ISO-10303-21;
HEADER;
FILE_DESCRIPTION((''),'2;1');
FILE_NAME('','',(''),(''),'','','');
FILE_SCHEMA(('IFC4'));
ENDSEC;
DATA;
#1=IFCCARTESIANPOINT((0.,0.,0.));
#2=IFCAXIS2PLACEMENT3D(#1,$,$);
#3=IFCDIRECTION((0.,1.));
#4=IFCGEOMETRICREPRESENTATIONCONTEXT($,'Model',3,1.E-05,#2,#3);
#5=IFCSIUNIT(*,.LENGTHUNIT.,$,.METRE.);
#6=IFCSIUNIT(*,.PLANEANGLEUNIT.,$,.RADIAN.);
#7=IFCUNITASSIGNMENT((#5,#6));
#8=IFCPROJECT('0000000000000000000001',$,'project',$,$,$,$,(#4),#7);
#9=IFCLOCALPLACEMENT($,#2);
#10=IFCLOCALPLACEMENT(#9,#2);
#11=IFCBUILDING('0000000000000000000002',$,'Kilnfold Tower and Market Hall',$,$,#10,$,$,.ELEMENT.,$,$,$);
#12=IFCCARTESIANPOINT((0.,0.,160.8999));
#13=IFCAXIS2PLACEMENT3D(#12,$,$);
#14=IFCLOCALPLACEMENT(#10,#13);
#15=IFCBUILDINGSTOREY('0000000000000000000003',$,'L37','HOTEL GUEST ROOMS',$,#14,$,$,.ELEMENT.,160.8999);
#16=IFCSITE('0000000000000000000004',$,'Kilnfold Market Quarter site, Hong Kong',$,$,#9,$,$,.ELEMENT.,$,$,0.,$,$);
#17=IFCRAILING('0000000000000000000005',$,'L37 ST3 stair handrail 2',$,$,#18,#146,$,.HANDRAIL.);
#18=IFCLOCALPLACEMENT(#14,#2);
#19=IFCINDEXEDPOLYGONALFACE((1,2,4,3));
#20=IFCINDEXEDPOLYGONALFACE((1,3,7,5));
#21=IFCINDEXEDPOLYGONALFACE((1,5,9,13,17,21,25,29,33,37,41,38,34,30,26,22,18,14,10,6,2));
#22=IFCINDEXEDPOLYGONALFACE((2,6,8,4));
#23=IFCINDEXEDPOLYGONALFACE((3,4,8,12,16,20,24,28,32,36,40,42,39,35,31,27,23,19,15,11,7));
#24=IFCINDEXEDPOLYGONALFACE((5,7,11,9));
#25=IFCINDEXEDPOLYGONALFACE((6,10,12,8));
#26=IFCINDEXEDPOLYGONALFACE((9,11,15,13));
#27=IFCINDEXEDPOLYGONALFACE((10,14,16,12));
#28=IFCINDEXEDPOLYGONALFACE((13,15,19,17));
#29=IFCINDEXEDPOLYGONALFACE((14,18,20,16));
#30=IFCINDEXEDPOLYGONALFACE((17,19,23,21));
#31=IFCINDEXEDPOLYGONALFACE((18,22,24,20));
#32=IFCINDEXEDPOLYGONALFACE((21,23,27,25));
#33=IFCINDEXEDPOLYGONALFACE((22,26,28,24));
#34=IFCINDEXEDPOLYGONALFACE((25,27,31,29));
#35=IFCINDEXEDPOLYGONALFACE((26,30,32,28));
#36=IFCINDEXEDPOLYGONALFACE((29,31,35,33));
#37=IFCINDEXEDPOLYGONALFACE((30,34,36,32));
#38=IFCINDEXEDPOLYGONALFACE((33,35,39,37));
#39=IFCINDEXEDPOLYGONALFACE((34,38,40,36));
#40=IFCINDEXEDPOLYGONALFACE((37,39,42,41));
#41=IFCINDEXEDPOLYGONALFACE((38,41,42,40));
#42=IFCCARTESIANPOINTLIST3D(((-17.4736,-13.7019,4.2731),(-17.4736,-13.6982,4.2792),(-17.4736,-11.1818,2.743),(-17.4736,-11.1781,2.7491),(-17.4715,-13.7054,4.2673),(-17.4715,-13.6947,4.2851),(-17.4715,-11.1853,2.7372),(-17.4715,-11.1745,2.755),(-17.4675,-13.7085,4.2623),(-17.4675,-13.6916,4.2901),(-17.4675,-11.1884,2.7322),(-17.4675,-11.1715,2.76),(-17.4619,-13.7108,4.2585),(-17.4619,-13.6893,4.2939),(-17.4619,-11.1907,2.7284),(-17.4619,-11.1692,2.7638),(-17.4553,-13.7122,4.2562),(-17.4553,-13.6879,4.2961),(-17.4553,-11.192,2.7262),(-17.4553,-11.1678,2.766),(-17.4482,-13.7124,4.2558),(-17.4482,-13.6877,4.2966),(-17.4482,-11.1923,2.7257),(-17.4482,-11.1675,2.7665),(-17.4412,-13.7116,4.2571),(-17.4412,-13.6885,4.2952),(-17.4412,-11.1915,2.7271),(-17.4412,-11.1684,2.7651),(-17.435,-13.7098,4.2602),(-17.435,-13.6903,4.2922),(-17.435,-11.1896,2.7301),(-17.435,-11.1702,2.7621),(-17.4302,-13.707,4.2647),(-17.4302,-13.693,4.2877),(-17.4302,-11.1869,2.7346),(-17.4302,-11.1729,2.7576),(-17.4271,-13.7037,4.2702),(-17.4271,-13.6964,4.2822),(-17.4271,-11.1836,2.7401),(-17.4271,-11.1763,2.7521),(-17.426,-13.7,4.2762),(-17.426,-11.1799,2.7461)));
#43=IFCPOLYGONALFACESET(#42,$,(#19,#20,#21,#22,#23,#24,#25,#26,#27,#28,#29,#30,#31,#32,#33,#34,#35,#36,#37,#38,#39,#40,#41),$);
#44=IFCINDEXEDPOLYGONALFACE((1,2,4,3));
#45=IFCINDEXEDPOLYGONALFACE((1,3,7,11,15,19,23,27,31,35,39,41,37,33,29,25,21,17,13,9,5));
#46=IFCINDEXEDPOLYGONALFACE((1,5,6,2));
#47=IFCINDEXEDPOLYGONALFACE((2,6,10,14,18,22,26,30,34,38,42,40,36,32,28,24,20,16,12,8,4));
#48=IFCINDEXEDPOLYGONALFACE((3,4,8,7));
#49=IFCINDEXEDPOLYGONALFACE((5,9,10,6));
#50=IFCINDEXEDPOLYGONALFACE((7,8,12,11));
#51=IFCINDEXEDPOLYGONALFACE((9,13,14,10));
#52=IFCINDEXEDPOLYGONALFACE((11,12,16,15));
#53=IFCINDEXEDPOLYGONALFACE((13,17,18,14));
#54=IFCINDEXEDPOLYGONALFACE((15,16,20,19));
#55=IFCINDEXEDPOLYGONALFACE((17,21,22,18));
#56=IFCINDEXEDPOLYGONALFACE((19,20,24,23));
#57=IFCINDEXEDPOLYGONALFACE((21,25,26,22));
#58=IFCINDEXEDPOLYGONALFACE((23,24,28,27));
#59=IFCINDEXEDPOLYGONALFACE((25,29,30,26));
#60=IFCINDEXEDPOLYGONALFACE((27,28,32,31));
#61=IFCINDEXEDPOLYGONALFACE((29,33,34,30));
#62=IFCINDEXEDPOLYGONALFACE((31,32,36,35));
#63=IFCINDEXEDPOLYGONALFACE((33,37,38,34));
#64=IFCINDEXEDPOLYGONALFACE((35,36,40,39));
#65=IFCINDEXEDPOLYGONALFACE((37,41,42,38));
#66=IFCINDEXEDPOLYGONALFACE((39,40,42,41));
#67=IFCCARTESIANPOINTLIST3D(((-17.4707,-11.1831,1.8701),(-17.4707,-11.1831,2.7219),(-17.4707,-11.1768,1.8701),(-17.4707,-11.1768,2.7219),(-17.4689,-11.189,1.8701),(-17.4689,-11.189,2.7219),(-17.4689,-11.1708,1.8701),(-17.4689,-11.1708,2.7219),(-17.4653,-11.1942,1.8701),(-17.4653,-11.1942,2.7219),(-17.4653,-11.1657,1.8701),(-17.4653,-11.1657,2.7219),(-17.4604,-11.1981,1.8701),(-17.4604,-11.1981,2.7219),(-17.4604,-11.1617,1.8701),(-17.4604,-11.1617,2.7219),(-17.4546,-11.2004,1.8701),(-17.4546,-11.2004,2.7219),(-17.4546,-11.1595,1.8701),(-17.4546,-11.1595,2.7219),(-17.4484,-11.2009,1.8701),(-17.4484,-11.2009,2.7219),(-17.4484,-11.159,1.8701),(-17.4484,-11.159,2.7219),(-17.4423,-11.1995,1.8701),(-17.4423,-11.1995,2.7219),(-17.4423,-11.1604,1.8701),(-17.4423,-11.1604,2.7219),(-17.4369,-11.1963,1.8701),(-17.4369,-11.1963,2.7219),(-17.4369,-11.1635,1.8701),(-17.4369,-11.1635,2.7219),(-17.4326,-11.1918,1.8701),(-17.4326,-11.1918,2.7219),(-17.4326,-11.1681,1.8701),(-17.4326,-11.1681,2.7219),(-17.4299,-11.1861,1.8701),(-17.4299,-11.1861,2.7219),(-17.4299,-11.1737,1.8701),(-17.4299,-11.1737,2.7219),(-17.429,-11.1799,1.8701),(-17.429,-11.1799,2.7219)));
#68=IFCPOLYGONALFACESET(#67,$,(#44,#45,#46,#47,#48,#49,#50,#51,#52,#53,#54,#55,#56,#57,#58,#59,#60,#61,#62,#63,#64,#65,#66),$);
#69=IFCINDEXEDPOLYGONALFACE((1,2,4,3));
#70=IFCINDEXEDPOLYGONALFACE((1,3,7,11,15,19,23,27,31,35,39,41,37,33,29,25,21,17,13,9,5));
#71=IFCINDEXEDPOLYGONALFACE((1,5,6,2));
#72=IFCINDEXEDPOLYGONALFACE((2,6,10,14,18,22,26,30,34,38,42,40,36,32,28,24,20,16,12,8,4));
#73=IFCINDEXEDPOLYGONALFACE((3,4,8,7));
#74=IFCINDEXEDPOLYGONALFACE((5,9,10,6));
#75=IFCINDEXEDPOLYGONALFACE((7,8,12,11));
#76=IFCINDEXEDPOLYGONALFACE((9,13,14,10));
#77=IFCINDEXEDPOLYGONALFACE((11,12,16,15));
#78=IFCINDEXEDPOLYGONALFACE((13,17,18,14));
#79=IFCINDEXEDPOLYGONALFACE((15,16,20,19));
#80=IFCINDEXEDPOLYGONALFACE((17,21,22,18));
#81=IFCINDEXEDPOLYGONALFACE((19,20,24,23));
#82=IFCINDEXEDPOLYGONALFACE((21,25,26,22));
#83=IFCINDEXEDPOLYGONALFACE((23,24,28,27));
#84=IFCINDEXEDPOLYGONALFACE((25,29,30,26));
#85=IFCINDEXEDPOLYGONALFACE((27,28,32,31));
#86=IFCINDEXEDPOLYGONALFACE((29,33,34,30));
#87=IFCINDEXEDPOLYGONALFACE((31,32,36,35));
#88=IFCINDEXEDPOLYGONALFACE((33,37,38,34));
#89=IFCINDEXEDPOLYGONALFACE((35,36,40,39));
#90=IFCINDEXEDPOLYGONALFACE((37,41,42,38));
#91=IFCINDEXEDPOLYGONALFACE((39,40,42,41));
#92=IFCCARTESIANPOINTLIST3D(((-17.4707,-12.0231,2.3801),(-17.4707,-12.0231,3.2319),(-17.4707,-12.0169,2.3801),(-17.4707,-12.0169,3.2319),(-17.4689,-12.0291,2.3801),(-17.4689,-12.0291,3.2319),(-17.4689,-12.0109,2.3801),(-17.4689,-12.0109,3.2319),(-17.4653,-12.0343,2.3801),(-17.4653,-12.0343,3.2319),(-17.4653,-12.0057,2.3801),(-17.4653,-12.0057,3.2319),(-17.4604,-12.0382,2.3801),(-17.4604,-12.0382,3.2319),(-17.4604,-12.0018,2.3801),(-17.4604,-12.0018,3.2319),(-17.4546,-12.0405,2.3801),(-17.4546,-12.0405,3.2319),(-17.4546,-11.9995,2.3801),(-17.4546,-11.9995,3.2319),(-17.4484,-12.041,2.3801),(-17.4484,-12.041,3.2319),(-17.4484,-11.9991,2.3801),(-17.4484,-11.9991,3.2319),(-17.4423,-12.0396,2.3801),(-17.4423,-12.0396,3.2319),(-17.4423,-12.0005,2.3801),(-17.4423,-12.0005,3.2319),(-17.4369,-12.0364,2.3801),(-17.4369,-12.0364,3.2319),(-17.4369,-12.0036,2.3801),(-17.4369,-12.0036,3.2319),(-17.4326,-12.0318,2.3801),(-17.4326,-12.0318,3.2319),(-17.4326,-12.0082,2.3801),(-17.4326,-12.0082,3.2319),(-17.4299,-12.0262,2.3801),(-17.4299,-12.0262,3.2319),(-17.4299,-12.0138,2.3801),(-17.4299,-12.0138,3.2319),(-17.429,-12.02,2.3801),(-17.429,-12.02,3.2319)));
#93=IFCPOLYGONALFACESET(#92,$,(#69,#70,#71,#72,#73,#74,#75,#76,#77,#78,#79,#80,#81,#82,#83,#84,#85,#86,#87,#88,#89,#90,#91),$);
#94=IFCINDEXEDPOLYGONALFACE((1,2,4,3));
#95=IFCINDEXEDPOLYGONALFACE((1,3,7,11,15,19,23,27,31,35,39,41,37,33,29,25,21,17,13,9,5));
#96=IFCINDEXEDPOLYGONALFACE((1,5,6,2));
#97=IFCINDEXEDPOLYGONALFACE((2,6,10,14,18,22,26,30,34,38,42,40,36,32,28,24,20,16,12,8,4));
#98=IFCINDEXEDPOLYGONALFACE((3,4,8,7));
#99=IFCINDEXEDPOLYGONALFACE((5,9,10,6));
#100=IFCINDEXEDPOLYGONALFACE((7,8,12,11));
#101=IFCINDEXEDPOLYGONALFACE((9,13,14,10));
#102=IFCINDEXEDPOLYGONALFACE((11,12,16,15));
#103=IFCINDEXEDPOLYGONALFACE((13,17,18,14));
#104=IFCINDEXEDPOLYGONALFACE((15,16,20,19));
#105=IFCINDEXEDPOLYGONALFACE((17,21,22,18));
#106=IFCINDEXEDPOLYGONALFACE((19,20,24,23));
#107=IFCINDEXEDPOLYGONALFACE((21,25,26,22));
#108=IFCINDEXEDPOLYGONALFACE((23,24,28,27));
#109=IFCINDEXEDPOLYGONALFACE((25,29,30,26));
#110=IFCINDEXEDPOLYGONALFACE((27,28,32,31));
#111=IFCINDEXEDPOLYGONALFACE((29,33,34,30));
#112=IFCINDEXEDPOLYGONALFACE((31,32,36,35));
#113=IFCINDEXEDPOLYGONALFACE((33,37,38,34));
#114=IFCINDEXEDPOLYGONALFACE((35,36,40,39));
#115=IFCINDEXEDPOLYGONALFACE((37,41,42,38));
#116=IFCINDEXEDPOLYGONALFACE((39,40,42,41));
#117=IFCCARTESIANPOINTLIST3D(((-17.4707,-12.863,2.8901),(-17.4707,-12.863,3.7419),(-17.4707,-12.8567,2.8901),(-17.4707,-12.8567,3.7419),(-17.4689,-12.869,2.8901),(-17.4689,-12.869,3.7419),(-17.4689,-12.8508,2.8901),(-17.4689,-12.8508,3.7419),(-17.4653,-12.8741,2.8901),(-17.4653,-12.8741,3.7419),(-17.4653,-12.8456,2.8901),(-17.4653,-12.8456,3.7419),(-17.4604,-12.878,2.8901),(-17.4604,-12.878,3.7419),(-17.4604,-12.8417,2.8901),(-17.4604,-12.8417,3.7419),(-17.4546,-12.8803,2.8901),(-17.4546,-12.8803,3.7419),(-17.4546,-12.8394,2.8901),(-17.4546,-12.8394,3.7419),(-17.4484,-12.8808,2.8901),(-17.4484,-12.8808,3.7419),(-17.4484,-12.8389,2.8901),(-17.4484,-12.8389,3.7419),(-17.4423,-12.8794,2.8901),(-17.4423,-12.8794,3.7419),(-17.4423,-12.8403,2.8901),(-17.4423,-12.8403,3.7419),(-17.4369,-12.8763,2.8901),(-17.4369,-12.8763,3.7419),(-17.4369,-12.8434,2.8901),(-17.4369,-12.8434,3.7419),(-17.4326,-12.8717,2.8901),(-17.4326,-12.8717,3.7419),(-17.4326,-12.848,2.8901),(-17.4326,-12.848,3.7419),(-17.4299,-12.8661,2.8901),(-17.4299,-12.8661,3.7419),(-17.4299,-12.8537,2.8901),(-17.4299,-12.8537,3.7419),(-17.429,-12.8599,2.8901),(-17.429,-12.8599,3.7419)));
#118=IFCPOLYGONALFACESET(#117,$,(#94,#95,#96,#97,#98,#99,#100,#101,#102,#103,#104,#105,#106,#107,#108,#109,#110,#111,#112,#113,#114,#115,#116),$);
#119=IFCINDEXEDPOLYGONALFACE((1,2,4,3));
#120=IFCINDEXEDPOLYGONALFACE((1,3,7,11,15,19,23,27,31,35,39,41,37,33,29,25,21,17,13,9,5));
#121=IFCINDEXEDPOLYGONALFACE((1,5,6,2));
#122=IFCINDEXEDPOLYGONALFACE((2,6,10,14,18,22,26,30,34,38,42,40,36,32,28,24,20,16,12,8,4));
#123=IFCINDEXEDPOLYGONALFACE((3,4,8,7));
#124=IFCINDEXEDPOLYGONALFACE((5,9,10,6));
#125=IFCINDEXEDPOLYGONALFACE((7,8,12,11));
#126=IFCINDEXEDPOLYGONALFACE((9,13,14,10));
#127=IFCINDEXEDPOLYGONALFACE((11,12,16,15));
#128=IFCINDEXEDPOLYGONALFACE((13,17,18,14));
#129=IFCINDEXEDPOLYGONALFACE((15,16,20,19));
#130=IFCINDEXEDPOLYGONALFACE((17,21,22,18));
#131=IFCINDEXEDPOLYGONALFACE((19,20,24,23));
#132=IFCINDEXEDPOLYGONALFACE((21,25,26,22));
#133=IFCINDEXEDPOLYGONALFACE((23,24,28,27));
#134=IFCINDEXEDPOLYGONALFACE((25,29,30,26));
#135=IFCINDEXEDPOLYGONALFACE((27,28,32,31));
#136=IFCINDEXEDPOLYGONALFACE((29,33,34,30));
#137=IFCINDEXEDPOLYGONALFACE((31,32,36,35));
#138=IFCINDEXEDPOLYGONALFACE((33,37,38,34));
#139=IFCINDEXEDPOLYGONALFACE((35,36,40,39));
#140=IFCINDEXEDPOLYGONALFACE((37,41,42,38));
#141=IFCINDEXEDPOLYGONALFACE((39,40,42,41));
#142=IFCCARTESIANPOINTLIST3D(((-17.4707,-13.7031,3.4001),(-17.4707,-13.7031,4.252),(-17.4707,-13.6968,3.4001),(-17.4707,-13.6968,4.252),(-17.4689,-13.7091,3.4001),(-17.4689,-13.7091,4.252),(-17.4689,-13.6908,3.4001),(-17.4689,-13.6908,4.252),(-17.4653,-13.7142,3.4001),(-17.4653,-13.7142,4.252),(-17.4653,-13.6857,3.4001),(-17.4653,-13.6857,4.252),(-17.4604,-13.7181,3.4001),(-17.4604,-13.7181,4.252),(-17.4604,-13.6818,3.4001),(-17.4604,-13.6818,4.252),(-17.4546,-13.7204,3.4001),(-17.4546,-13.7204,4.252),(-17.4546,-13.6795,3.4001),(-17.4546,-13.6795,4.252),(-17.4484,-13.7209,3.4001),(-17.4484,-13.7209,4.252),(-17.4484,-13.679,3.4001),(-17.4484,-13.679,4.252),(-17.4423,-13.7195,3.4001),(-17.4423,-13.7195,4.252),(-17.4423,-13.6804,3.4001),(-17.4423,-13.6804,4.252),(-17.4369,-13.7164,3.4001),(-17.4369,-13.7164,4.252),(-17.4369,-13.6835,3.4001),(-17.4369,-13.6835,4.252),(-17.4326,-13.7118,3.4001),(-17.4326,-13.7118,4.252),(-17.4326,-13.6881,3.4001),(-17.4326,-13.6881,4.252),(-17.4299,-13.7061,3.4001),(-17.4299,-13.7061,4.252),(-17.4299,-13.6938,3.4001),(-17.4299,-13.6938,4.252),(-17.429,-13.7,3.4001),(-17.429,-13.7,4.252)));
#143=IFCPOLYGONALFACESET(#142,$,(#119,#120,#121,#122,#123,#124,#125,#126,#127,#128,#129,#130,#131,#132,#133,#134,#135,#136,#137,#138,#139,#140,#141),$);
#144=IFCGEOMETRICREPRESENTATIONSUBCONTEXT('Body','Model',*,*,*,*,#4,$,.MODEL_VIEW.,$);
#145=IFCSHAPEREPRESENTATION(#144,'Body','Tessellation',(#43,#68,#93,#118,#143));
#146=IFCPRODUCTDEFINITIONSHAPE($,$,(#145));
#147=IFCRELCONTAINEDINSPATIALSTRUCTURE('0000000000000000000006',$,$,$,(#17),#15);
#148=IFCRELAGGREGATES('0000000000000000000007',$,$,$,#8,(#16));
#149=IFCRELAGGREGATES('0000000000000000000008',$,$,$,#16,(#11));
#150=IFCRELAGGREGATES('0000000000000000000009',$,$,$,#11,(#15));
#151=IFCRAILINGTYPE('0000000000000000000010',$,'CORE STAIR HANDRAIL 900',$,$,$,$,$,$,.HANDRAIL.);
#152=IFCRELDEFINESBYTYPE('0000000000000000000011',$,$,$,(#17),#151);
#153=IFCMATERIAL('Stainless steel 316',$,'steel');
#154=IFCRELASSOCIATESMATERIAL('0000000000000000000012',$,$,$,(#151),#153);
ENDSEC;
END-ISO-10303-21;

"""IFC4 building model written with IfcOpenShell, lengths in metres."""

from ifc_helpers import new_model, si_unit, direction, frame, origin, origin_2d, place, context, subcontext, project, spatial, circle, extrude, material, type_object, element, save


model = new_model("IFC4")

# Units and contexts
model_context = context("Model", 3, precision=1e-05, world=origin(), true_north=direction((0.0, 1.0)))
body_context = subcontext(model_context, "Body", "Model", "MODEL_VIEW")
ifc_project = project(units=[si_unit("LENGTHUNIT", "METRE"), si_unit("PLANEANGLEUNIT", "RADIAN")], contexts=[model_context])

# Site, building, storey
site_placement = place(None, origin())
site = spatial("IfcSite", under=ifc_project, at=site_placement, Name="Kilnfold Market Quarter site, Hong Kong", CompositionType="ELEMENT", RefElevation=0.0)
building_placement = place(site_placement, origin())
building = spatial("IfcBuilding", under=site, at=building_placement, Name="Kilnfold Tower and Market Hall", CompositionType="ELEMENT")
storey_placement = place(building_placement, frame((0.0, 0.0, 160.8999)))
storey = spatial("IfcBuildingStorey", under=building, at=storey_placement, Name="L37", Description="HOTEL GUEST ROOMS", CompositionType="ELEMENT", Elevation=160.8999)

# Railing
ifc_material_1 = material(Name="Stainless steel 316", Category="steel")
railing_type_1 = type_object("IfcRailingType", Name="CORE STAIR HANDRAIL 900", PredefinedType="HANDRAIL", material=ifc_material_1)
railing_1_placement = place(storey_placement, frame((-17.45, -11.1799, 1.8701)))
element("IfcRailing", 1, at=railing_1_placement, inside=storey, type_object=railing_type_1, Name="L37 ST3 stair handrail 2", PredefinedType="HANDRAIL", context=body_context, shape_type="SweptSolid", body=[
    extrude(circle(Radius=0.0239, at=origin_2d()), frame((0.0, 0.0, 0.876), z_axis=(0.0, -0.854785, 0.518982), x_axis=(1.0, 0.0, 0.0)), (0.0, 0.0, 1.0), 2.9482),
    extrude(circle(Radius=0.021, at=origin_2d()), origin(), (0.0, 0.0, 1.0), 0.8518),
    extrude(circle(Radius=0.021, at=origin_2d()), frame((0.0, -0.8401, 0.51)), (0.0, 0.0, 1.0), 0.8518),
    extrude(circle(Radius=0.021, at=origin_2d()), frame((0.0, -1.6799, 1.02)), (0.0, 0.0, 1.0), 0.8518),
    extrude(circle(Radius=0.021, at=origin_2d()), frame((0.0, -2.52, 1.53)), (0.0, 0.0, 1.0), 0.8518),
])

save(model, "model.ifc")
